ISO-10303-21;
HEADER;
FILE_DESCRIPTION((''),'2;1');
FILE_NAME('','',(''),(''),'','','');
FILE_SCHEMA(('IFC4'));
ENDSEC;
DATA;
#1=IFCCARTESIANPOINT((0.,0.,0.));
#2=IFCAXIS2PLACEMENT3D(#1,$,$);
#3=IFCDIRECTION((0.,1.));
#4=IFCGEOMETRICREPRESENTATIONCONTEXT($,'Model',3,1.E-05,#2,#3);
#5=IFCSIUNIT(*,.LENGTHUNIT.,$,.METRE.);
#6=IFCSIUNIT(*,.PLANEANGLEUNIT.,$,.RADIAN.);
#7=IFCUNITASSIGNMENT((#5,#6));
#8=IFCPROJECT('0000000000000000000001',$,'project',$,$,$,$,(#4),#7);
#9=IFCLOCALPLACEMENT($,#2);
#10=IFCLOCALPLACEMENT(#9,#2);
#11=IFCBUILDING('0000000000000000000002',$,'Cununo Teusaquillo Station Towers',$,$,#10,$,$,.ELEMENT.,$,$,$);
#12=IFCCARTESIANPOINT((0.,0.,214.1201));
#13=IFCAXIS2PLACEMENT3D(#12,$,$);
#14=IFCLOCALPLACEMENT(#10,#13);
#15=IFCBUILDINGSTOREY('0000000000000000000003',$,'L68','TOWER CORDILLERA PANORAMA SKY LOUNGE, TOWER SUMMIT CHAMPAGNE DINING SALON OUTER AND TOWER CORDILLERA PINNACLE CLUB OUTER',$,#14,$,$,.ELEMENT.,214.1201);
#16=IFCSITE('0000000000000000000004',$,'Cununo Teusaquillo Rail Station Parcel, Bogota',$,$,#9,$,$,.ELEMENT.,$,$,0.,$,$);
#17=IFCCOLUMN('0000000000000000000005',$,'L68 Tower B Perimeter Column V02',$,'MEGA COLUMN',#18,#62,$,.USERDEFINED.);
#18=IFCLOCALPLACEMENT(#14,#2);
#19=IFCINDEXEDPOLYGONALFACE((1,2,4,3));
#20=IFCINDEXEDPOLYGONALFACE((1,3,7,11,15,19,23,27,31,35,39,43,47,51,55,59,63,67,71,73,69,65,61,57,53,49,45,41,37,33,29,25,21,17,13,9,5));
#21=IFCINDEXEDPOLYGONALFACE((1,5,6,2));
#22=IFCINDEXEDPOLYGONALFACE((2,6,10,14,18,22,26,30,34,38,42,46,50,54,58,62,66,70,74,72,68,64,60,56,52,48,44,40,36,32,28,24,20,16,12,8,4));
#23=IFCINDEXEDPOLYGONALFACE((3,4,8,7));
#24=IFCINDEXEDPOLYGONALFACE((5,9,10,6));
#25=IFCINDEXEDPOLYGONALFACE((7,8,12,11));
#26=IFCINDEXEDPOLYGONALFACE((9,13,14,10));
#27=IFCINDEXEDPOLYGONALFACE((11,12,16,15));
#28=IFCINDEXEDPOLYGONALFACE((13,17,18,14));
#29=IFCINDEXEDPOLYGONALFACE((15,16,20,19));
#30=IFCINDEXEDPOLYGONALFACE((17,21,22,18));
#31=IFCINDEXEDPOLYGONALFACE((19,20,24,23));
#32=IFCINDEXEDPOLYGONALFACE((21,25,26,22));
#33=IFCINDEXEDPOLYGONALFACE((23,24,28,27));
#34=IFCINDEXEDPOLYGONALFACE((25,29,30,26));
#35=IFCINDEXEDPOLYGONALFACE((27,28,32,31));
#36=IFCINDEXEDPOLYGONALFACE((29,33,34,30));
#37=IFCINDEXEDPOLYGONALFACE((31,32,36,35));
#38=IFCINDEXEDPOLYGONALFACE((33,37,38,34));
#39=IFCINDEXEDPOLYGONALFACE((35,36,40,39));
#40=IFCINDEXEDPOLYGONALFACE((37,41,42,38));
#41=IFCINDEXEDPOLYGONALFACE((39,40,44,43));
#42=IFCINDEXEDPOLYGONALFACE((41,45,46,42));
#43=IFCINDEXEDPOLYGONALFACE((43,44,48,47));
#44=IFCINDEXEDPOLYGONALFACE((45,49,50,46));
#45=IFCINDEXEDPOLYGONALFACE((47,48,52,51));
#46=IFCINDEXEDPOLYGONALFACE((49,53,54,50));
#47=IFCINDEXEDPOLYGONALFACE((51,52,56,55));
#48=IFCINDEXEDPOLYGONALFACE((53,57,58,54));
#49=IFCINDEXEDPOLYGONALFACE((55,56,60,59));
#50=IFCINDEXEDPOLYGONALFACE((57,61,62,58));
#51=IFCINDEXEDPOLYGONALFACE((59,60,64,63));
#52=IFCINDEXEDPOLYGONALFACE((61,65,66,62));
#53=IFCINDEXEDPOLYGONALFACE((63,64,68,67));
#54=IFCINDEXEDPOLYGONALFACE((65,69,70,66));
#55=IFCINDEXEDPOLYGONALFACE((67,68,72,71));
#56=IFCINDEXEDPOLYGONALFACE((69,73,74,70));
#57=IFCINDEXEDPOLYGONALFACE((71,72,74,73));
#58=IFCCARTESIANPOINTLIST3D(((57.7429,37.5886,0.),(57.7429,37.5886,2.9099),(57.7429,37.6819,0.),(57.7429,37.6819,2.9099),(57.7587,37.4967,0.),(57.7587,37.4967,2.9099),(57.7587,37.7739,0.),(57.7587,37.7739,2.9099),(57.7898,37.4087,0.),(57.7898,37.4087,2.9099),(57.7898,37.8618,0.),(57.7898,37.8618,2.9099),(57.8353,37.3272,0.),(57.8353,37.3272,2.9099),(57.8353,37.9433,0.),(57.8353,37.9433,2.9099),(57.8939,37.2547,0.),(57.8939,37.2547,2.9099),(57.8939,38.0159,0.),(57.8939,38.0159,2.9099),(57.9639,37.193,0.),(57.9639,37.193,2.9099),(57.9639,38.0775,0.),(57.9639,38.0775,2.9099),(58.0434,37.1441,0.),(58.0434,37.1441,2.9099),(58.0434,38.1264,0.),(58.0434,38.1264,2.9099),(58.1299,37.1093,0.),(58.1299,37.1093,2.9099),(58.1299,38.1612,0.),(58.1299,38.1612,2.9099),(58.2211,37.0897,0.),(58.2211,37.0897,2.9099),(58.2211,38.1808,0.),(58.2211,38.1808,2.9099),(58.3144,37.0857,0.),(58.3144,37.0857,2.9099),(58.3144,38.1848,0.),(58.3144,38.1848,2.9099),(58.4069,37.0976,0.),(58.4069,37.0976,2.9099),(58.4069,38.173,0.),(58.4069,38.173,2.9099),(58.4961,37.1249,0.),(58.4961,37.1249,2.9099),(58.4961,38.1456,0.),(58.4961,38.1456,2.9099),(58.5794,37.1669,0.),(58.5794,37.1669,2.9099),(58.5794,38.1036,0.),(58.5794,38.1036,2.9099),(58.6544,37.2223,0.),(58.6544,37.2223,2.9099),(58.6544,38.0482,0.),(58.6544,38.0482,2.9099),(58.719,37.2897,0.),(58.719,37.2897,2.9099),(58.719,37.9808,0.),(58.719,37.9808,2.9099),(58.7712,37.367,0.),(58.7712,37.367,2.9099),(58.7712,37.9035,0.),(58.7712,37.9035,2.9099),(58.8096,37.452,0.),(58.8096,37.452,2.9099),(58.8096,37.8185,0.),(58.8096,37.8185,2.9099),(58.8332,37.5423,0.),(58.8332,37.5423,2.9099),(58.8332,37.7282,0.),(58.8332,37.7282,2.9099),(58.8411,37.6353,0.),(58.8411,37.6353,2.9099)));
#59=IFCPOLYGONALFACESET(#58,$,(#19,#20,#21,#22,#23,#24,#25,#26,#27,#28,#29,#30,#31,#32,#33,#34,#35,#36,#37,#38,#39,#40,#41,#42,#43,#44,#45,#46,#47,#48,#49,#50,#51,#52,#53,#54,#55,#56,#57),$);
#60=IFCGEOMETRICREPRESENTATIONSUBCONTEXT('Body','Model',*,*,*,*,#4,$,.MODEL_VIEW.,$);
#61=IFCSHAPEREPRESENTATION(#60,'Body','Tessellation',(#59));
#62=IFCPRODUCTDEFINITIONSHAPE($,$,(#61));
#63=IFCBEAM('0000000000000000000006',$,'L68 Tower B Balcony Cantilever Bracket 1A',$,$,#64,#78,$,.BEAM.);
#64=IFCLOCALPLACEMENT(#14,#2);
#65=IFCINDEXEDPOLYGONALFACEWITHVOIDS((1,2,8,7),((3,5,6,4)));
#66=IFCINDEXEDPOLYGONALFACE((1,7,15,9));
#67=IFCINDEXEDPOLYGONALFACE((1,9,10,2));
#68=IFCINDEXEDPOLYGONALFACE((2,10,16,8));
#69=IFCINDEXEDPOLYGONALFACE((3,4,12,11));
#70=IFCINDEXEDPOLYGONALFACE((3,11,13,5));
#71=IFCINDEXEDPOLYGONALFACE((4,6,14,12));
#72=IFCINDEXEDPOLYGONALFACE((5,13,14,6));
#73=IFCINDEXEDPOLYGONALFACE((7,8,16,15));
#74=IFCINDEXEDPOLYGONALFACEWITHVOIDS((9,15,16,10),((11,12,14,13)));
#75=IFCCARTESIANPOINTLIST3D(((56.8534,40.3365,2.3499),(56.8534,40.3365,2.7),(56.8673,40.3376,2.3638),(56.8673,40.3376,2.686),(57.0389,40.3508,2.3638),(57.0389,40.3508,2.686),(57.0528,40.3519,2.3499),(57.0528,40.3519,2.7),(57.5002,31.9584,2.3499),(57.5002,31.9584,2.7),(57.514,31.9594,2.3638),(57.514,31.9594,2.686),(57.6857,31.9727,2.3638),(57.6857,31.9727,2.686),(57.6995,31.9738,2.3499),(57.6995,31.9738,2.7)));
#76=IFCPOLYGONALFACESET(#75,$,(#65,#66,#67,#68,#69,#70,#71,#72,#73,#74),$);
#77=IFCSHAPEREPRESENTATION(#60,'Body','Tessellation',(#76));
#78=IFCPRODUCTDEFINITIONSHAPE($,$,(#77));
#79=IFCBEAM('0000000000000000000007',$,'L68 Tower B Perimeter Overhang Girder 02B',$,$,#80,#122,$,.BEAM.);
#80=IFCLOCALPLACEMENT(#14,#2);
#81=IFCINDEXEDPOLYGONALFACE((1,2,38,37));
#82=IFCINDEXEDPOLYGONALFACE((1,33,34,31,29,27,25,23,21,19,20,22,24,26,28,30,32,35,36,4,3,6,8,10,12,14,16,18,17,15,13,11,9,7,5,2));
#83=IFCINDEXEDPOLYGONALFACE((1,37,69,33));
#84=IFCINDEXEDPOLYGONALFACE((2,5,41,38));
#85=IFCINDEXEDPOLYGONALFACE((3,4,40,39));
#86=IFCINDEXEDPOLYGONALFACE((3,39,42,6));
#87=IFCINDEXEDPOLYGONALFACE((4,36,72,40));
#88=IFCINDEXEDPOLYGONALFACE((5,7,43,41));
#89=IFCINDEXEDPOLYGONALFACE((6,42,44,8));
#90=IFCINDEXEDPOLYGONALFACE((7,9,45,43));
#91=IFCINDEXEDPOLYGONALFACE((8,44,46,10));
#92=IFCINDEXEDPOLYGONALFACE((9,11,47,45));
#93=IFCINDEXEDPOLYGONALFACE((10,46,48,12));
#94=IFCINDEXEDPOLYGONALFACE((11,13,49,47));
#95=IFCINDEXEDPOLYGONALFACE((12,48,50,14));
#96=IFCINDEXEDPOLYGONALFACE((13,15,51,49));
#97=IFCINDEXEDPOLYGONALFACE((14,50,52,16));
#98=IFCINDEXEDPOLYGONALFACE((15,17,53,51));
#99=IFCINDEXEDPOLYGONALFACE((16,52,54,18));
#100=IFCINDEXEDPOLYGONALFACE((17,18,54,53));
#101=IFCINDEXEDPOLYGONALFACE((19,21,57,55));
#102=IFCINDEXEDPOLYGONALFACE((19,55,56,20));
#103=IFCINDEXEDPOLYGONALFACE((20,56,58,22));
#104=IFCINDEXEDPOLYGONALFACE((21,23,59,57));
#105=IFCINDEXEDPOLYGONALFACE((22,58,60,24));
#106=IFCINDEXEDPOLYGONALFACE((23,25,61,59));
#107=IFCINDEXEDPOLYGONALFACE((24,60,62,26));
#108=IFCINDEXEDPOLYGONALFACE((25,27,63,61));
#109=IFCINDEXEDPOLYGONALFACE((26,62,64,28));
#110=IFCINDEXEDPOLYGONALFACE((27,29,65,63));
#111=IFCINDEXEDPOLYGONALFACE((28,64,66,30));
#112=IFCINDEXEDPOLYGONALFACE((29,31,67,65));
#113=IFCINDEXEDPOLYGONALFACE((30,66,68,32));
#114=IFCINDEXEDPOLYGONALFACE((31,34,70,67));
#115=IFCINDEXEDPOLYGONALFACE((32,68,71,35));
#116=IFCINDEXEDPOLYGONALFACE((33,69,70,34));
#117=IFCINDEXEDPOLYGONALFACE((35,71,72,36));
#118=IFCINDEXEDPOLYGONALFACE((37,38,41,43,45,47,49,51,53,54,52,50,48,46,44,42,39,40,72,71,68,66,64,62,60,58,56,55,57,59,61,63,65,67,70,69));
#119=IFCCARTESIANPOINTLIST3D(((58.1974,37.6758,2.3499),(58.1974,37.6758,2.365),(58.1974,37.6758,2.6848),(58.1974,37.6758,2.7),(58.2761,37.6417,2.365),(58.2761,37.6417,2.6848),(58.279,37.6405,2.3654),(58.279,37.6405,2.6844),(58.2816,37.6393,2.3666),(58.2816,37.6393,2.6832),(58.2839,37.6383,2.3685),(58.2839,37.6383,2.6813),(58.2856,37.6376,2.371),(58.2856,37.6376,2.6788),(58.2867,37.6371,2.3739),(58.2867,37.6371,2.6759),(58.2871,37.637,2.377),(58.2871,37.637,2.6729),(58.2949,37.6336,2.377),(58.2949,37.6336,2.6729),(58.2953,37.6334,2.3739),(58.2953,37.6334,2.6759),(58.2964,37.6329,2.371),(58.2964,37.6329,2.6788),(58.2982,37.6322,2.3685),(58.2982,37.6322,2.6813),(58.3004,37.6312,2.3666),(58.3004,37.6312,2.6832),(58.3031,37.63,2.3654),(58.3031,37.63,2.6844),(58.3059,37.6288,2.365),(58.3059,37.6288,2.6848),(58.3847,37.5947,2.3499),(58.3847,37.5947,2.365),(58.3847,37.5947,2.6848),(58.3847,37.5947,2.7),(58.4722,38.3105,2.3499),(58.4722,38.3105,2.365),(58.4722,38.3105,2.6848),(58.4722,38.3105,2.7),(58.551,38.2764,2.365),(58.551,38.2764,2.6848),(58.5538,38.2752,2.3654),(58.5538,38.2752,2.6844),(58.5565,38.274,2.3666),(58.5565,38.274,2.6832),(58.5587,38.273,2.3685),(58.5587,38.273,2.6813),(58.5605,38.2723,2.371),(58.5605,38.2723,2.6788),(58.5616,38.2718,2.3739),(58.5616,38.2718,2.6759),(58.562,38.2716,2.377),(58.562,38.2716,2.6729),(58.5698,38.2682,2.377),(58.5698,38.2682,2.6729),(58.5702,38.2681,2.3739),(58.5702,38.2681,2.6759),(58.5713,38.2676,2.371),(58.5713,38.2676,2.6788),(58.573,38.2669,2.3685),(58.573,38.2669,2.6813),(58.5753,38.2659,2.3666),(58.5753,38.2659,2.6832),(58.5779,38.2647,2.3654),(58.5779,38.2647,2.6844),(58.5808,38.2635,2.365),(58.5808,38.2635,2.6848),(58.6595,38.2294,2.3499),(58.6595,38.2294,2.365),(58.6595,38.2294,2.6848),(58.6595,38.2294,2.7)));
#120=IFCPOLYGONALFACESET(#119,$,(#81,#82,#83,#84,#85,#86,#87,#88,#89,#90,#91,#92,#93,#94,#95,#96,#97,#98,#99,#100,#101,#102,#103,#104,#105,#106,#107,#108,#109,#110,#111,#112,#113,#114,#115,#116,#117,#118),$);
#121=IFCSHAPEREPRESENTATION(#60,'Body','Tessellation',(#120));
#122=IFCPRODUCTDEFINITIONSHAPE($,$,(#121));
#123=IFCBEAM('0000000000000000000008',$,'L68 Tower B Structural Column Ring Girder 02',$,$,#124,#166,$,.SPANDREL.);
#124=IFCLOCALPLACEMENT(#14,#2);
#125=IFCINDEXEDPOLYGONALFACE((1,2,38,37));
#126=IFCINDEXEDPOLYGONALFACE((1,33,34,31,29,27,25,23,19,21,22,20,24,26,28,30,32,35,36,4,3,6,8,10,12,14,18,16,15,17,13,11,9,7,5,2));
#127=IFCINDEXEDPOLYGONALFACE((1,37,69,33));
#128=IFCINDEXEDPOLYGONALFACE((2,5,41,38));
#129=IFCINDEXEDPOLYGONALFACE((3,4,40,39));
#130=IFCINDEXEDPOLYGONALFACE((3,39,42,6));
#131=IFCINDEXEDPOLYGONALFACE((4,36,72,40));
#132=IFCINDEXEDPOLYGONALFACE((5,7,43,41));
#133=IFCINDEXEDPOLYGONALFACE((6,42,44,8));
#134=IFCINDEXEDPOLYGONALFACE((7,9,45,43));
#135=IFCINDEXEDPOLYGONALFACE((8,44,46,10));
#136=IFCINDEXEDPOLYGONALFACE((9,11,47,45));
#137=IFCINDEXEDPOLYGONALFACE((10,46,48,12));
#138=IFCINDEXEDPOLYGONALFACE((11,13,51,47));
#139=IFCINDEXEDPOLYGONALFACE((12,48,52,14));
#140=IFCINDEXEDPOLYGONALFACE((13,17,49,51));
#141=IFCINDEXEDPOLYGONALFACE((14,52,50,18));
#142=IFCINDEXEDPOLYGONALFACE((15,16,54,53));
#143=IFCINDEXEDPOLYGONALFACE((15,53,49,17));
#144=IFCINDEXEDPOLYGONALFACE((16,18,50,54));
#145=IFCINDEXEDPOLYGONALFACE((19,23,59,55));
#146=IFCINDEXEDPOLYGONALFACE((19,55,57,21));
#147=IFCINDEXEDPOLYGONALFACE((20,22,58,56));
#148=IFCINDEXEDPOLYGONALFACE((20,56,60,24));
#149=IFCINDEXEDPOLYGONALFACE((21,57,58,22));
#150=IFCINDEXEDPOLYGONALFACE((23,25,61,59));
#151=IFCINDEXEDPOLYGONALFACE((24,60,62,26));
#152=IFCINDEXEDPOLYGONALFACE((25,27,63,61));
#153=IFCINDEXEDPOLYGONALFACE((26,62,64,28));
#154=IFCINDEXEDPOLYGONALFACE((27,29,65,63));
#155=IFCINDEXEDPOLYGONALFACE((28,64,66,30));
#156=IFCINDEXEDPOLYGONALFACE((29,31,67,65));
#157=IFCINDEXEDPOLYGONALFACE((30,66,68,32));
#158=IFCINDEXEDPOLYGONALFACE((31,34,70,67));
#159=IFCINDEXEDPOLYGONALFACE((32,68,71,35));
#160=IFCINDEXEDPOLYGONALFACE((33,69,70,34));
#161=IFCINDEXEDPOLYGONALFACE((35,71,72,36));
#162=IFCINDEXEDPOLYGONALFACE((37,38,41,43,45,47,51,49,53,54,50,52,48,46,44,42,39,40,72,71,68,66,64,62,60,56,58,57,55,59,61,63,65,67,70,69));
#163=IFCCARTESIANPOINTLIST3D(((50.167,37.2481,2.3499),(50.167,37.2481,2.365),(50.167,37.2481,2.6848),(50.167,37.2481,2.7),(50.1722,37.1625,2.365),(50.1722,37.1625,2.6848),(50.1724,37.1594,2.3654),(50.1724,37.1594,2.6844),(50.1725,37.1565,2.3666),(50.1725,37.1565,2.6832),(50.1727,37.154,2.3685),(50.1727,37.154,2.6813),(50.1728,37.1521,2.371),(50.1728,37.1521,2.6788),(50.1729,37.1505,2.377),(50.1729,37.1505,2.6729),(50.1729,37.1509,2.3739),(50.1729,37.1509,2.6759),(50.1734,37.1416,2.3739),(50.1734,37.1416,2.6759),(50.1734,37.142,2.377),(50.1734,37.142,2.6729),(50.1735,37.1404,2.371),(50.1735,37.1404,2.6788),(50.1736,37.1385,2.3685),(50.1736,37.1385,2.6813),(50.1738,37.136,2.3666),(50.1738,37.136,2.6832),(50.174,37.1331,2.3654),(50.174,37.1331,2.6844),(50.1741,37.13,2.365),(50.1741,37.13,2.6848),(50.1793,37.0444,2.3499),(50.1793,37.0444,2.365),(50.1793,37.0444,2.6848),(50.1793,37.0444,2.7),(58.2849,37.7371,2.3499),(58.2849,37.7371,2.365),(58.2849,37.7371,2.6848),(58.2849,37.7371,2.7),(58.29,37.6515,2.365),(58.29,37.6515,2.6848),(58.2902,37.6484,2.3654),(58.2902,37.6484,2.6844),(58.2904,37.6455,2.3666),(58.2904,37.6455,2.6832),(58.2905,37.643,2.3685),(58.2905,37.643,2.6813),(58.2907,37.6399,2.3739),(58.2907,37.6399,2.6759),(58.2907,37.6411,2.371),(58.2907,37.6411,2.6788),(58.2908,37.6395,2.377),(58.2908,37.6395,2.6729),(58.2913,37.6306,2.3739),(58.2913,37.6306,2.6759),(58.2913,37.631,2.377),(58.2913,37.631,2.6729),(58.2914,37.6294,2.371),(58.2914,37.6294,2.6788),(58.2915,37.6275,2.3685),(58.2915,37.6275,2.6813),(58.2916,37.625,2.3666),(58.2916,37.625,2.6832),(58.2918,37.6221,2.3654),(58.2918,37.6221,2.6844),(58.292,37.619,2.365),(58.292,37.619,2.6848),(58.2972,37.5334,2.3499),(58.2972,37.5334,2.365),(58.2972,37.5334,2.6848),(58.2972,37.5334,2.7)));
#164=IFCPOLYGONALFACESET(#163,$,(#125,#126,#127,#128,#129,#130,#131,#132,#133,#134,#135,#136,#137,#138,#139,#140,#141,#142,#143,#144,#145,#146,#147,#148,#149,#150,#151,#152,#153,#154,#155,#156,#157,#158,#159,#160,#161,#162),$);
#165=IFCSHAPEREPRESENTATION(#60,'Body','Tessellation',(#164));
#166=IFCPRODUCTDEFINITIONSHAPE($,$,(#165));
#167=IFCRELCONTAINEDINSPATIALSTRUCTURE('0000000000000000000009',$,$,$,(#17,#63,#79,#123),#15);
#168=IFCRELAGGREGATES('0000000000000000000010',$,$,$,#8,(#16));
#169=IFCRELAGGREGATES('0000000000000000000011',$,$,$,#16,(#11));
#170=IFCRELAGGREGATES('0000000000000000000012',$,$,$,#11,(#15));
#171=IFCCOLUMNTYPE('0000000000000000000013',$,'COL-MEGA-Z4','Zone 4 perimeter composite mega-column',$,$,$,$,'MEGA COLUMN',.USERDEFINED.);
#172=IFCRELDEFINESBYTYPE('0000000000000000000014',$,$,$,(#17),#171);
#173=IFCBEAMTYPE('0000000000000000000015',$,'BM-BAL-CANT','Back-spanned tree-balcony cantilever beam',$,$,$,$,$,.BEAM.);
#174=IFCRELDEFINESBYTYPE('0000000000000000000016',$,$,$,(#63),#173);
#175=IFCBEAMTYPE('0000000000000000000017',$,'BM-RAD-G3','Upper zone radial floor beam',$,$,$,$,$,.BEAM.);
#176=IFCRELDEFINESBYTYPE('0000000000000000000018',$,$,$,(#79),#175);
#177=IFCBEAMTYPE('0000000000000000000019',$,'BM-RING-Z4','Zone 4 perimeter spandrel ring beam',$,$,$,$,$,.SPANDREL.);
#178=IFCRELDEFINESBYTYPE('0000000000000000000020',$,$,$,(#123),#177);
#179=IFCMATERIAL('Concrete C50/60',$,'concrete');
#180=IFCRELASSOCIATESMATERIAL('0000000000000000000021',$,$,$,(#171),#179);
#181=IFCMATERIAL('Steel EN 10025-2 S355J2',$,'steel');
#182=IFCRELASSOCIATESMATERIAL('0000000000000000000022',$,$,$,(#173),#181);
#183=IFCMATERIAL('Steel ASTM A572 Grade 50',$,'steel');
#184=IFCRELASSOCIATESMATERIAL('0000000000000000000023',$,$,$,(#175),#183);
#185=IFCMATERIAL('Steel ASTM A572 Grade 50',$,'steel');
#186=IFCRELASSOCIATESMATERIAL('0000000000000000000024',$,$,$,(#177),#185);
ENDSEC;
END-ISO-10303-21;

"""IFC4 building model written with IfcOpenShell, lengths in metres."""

from ifc_helpers import new_model, si_unit, direction, frame, origin, origin_2d, place, context, subcontext, project, spatial, hollow_rectangle, circle, i_section, extrude, material, material_profile, profile_set, type_object, element, save


model = new_model("IFC4")

# Units and contexts
model_context = context("Model", 3, precision=1e-05, world=origin(), true_north=direction((0.0, 1.0)))
body_context = subcontext(model_context, "Body", "Model", "MODEL_VIEW")
ifc_project = project(units=[si_unit("LENGTHUNIT", "METRE"), si_unit("PLANEANGLEUNIT", "RADIAN")], contexts=[model_context])

# Site, building, storey
site_placement = place(None, origin())
site = spatial("IfcSite", under=ifc_project, at=site_placement, Name="Cununo Teusaquillo Rail Station Parcel, Bogota", CompositionType="ELEMENT", RefElevation=0.0)
building_placement = place(site_placement, origin())
building = spatial("IfcBuilding", under=site, at=building_placement, Name="Cununo Teusaquillo Station Towers", CompositionType="ELEMENT")
storey_placement = place(building_placement, frame((0.0, 0.0, 214.1201)))
storey = spatial("IfcBuildingStorey", under=building, at=storey_placement, Name="L68", Description="TOWER CORDILLERA PANORAMA SKY LOUNGE, TOWER SUMMIT CHAMPAGNE DINING SALON OUTER AND TOWER CORDILLERA PINNACLE CLUB OUTER", CompositionType="ELEMENT", Elevation=214.1201)

# Column
ifc_material_1 = material(Name="Concrete C50/60", Category="concrete")
ifc_material_profile_1 = material_profile(ifc_material_1, circle(Radius=0.55, at=origin_2d()), Name="RC-CIRC-1100")
ifc_profile_set_1 = profile_set([ifc_material_profile_1], Name="Concrete C50/60")
column_type = type_object("IfcColumnType", Name="COL-MEGA-Z4", Description="Zone 4 perimeter composite mega-column", ElementType="MEGA COLUMN", PredefinedType="USERDEFINED", material=ifc_profile_set_1)
column_placement = place(storey_placement, frame((58.291, 37.6353, 0.0), z_axis=(0.0, 0.0, 1.0), x_axis=(1.0, 0.0, 0.0)))
element("IfcColumn", 1, at=column_placement, inside=storey, type_object=column_type, Name="L68 Tower B Perimeter Column V02", ObjectType="MEGA COLUMN", PredefinedType="USERDEFINED", context=body_context, shape_type="SweptSolid", body=[
    extrude(circle(Radius=0.55, at=origin_2d()), origin(), (0.0, 0.0, 1.0), 2.9099),
])

# Beams
ifc_material_2 = material(Name="Steel EN 10025-2 S355J2", Category="steel")
ifc_material_profile_2 = material_profile(ifc_material_2, hollow_rectangle(XDim=0.2, YDim=0.3501, WallThickness=0.0139, at=origin_2d()), Name="RHS 350x200x14")
ifc_profile_set_2 = profile_set([ifc_material_profile_2], Name="Steel EN 10025-2 S355J2")
beam_type_1 = type_object("IfcBeamType", Name="BM-BAL-CANT", Description="Back-spanned tree-balcony cantilever beam", PredefinedType="BEAM", material=ifc_profile_set_2)
beam_1_placement = place(storey_placement, frame((57.5999, 31.9661, 2.5249), z_axis=(-0.076963, 0.997034, 0.0), x_axis=(-0.997034, -0.076963, 0.0)))
element("IfcBeam", 2, at=beam_1_placement, inside=storey, type_object=beam_type_1, Name="L68 Tower B Balcony Cantilever Bracket 1A", PredefinedType="BEAM", context=body_context, shape_type="SweptSolid", body=[
    extrude(hollow_rectangle(XDim=0.2, YDim=0.3501, WallThickness=0.0139, at=origin_2d()), origin(), (0.0, 0.0, 1.0), 8.4031),
])
ifc_material_3 = material(Name="Steel ASTM A572 Grade 50", Category="steel")
ifc_material_profile_3 = material_profile(ifc_material_3, i_section(OverallWidth=0.2041, OverallDepth=0.3501, WebThickness=0.0085, FlangeThickness=0.0151, FilletRadius=0.012, at=origin_2d()), Name="W14X48")
ifc_profile_set_3 = profile_set([ifc_material_profile_3], Name="Steel ASTM A572 Grade 50")
beam_type_2 = type_object("IfcBeamType", Name="BM-RAD-G3", Description="Upper zone radial floor beam", PredefinedType="BEAM", material=ifc_profile_set_3)
beam_2_placement = place(storey_placement, frame((58.291, 37.6353, 2.5249), z_axis=(0.397409, 0.917641, 0.0), x_axis=(-0.917641, 0.397409, 0.0)))
element("IfcBeam", 3, at=beam_2_placement, inside=storey, type_object=beam_type_2, Name="L68 Tower B Perimeter Overhang Girder 02B", PredefinedType="BEAM", context=body_context, shape_type="SweptSolid", body=[
    extrude(i_section(OverallWidth=0.2041, OverallDepth=0.3501, WebThickness=0.0085, FlangeThickness=0.0151, FilletRadius=0.012, at=origin_2d()), origin(), (0.0, 0.0, 1.0), 0.6917),
])
ifc_material_4 = material(Name="Steel ASTM A572 Grade 50", Category="steel")
ifc_material_profile_4 = material_profile(ifc_material_4, i_section(OverallWidth=0.2041, OverallDepth=0.3501, WebThickness=0.0085, FlangeThickness=0.0151, FilletRadius=0.012, at=origin_2d()), Name="W14X48")
ifc_profile_set_4 = profile_set([ifc_material_profile_4], Name="Steel ASTM A572 Grade 50")
beam_type_3 = type_object("IfcBeamType", Name="BM-RING-Z4", Description="Zone 4 perimeter spandrel ring beam", PredefinedType="SPANDREL", material=ifc_profile_set_4)
beam_3_placement = place(storey_placement, frame((58.291, 37.6353, 2.5249), z_axis=(-0.998191, -0.06013, 0.0), x_axis=(0.06013, -0.998191, 0.0)))
element("IfcBeam", 4, at=beam_3_placement, inside=storey, type_object=beam_type_3, Name="L68 Tower B Structural Column Ring Girder 02", PredefinedType="SPANDREL", context=body_context, shape_type="SweptSolid", body=[
    extrude(i_section(OverallWidth=0.2041, OverallDepth=0.3501, WebThickness=0.0085, FlangeThickness=0.0151, FilletRadius=0.012, at=origin_2d()), origin(), (0.0, 0.0, 1.0), 8.1326),
])

save(model, "model.ifc")
